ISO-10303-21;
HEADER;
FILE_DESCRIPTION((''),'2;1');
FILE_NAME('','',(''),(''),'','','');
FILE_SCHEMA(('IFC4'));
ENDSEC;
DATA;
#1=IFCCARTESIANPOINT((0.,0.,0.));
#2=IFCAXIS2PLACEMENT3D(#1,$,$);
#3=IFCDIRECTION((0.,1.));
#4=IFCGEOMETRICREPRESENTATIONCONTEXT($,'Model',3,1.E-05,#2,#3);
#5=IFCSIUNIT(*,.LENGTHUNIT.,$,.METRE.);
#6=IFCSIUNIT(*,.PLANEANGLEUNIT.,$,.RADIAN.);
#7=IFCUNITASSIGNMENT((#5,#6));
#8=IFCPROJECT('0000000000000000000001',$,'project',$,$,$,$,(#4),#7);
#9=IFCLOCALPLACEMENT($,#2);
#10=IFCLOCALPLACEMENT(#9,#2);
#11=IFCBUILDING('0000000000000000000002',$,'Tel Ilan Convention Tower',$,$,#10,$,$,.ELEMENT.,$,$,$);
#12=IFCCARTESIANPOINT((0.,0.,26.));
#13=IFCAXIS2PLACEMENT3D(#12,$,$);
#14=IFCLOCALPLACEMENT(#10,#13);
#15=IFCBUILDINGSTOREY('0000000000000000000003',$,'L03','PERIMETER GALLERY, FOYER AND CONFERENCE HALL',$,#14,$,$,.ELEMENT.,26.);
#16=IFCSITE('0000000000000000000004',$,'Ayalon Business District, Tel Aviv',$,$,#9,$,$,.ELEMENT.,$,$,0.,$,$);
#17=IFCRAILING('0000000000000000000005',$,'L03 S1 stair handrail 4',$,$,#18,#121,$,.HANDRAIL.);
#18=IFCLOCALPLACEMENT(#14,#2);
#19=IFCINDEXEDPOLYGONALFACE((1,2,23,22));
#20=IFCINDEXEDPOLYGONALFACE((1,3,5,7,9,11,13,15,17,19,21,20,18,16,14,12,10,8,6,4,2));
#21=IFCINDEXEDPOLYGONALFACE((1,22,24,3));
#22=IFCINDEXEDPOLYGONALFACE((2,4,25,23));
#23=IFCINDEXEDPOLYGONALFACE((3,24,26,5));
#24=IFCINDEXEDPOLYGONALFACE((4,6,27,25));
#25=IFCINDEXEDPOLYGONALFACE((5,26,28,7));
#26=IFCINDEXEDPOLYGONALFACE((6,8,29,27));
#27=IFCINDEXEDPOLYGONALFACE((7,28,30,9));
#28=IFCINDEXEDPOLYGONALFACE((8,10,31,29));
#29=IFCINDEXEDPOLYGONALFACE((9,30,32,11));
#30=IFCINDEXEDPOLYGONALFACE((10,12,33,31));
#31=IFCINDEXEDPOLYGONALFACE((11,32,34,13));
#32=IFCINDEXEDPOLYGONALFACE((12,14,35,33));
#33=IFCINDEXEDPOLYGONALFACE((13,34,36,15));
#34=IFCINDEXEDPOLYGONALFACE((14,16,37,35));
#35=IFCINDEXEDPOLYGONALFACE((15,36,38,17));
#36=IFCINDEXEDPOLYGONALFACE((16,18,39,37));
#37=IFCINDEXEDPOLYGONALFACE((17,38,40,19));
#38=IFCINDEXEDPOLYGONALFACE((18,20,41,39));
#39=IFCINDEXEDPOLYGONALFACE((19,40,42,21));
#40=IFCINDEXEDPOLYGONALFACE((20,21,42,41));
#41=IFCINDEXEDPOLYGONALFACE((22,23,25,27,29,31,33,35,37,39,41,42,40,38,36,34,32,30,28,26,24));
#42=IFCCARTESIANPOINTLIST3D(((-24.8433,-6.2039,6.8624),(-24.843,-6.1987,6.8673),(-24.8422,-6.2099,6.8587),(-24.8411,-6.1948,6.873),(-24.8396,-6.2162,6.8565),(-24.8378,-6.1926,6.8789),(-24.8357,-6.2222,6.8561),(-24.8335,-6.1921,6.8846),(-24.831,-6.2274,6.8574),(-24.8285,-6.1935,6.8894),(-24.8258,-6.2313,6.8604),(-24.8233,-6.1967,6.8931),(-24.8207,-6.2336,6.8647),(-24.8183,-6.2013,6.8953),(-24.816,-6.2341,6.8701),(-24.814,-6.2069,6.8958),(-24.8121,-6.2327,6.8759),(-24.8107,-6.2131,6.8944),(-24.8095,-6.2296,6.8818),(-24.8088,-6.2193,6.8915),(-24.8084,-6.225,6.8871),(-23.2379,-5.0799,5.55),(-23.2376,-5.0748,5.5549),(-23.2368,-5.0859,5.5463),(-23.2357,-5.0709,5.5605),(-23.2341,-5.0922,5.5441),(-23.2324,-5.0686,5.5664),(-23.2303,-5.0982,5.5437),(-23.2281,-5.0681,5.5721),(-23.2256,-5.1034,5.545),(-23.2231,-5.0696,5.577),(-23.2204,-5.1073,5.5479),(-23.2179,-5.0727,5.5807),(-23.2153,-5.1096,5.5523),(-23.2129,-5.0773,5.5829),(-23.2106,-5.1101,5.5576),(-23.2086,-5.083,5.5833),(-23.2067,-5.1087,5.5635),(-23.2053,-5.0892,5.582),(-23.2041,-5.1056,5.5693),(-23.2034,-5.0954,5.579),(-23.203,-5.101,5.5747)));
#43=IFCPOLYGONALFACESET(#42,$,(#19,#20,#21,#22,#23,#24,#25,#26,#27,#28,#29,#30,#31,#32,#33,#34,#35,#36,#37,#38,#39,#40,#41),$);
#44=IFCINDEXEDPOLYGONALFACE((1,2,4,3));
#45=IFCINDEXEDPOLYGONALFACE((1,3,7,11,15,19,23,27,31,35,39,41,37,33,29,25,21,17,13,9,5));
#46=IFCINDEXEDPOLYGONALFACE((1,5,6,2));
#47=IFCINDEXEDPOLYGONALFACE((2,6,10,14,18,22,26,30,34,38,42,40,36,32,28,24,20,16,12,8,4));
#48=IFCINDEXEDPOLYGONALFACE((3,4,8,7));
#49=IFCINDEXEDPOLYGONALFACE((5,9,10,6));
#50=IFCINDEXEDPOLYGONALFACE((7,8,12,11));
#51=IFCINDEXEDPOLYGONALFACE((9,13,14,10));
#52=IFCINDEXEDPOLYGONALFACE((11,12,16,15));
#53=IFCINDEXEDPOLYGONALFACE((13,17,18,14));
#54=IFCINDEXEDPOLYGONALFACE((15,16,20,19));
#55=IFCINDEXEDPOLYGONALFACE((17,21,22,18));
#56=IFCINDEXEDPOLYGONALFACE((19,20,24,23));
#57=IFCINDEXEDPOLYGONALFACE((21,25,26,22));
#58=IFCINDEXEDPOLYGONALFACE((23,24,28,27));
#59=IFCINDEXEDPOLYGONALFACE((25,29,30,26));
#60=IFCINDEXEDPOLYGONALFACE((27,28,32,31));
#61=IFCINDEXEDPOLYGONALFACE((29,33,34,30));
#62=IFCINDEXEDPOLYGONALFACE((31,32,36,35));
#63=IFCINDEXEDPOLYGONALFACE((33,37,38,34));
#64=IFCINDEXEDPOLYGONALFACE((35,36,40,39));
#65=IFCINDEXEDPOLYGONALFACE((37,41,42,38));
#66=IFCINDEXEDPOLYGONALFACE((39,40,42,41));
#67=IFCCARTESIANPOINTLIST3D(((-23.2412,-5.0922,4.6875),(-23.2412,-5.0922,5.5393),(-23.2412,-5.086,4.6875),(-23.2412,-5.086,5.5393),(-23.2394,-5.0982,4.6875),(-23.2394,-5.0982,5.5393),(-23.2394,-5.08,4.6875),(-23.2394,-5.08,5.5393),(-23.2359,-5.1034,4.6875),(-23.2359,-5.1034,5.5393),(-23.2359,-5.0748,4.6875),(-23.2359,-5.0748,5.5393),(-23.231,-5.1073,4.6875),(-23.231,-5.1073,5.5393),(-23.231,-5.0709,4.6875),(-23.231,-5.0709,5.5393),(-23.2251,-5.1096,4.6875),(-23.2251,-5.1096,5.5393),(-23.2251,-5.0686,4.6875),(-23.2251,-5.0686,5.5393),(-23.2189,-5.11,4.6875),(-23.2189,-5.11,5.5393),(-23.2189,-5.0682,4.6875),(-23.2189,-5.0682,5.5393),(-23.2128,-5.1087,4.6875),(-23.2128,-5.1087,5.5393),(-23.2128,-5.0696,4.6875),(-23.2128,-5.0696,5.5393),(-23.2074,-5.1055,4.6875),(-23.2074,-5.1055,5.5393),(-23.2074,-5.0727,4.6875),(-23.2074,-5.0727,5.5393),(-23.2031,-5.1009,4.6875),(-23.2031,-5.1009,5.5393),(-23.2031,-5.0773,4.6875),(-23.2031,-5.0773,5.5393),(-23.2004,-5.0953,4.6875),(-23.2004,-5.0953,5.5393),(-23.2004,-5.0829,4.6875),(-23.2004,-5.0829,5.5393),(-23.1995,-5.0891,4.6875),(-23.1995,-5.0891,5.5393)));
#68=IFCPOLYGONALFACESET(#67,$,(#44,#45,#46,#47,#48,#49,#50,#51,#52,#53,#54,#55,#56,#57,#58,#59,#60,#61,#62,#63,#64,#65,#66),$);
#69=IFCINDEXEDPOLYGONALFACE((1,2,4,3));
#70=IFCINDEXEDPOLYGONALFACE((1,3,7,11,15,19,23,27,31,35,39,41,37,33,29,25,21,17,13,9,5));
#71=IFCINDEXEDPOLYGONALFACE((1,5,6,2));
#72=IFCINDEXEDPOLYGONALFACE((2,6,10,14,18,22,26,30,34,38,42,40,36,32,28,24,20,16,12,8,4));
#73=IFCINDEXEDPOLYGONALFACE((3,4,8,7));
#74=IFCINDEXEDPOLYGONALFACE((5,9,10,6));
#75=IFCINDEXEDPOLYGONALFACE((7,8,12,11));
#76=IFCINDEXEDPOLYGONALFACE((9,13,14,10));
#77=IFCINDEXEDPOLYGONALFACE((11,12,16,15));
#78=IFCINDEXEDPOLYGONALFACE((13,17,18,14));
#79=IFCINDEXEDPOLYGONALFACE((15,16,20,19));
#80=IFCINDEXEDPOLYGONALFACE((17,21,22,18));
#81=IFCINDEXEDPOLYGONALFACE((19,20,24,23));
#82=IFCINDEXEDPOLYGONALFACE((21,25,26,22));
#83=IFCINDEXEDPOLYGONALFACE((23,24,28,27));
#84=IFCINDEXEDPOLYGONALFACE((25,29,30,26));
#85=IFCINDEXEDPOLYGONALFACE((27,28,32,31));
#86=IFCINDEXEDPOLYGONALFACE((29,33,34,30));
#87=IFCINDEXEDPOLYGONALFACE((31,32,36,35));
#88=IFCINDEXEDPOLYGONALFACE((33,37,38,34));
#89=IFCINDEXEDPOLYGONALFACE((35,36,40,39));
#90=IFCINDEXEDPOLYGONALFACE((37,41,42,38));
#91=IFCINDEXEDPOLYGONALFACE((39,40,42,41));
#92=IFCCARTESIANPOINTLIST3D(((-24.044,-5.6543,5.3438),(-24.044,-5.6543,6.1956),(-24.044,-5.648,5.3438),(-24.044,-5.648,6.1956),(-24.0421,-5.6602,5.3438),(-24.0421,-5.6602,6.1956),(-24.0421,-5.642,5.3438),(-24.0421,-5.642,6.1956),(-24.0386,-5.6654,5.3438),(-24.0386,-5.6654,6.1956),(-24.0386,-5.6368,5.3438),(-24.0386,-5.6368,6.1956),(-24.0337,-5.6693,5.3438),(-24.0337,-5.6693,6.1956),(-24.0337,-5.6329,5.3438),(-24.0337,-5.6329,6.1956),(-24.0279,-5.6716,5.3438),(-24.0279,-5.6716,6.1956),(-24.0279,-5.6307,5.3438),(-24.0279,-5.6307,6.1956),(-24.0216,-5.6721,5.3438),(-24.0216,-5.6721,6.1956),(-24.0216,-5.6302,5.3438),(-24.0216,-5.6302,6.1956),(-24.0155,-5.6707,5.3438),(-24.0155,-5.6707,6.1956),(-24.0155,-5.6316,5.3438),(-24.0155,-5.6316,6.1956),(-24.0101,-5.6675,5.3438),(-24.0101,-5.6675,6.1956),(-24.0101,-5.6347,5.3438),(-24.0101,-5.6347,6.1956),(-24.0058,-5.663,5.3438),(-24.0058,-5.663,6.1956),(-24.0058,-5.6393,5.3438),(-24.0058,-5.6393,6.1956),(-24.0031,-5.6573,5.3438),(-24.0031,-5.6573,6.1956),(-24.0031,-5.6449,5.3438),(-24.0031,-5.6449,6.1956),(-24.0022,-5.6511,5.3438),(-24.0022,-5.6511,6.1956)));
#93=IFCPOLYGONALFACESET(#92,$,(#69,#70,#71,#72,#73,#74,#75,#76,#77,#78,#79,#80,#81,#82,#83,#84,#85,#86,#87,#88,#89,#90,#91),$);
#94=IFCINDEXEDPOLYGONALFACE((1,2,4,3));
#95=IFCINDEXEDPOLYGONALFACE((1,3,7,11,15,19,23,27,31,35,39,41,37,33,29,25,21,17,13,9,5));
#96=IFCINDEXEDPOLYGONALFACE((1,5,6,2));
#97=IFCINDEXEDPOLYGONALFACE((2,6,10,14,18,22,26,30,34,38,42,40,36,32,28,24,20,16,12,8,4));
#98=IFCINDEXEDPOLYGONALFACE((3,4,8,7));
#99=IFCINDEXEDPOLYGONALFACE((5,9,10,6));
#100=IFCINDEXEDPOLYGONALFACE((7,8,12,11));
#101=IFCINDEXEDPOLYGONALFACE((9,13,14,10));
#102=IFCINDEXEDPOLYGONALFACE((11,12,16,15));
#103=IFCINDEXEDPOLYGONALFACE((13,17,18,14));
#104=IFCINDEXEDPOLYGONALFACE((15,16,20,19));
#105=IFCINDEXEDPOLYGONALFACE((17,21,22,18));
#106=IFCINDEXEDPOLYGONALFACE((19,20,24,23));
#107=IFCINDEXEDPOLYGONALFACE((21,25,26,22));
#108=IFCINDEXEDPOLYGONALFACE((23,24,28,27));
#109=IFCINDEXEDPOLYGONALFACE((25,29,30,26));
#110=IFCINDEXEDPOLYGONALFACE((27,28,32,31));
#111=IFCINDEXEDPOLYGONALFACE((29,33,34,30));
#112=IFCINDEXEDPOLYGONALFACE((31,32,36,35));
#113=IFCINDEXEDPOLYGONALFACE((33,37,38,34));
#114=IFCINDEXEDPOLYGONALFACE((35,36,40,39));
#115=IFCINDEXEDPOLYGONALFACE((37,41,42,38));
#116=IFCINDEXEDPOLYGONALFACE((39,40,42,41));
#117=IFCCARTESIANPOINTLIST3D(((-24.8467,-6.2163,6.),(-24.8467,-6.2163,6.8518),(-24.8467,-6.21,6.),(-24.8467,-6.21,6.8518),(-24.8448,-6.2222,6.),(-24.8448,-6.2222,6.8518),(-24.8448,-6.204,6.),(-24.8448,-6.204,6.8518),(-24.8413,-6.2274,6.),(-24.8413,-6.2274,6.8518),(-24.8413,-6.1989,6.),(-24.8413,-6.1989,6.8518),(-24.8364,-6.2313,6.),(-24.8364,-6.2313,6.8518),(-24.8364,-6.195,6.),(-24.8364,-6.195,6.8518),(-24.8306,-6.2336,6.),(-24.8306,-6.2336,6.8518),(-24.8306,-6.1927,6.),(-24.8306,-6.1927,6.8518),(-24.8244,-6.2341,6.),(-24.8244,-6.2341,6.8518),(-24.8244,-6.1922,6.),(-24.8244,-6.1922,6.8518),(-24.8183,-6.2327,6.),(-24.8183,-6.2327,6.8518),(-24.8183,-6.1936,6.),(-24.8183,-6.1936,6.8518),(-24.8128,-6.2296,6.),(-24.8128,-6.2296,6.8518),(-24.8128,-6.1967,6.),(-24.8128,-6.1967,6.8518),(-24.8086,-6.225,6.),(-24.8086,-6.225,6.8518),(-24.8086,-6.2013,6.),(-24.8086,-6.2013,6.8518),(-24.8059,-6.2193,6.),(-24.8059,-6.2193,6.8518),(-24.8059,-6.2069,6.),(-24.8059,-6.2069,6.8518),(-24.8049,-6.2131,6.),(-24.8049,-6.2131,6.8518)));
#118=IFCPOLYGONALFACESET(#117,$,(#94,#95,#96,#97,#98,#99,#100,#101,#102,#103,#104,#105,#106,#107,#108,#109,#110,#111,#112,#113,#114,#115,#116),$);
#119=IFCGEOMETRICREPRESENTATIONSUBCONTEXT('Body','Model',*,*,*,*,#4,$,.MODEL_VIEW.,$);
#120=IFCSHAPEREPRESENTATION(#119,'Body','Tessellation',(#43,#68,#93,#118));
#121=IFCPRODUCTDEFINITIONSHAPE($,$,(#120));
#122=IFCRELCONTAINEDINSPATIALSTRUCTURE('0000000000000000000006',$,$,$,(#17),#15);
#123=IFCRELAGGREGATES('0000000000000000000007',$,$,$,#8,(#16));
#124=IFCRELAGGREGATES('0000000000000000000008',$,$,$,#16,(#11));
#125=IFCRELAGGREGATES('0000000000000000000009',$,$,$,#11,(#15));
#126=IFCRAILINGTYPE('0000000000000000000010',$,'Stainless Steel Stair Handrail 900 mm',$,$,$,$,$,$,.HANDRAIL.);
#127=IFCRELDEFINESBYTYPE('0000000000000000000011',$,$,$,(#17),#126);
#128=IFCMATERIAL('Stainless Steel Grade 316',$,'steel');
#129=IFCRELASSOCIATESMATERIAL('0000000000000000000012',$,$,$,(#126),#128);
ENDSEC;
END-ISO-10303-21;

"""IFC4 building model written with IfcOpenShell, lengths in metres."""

from ifc_helpers import new_model, si_unit, direction, frame, origin, origin_2d, place, context, subcontext, project, spatial, circle, extrude, material, type_object, element, save


model = new_model("IFC4")

# Units and contexts
model_context = context("Model", 3, precision=1e-05, world=origin(), true_north=direction((0.0, 1.0)))
body_context = subcontext(model_context, "Body", "Model", "MODEL_VIEW")
ifc_project = project(units=[si_unit("LENGTHUNIT", "METRE"), si_unit("PLANEANGLEUNIT", "RADIAN")], contexts=[model_context])

# Site, building, storey
site_placement = place(None, origin())
site = spatial("IfcSite", under=ifc_project, at=site_placement, Name="Ayalon Business District, Tel Aviv", CompositionType="ELEMENT", RefElevation=0.0)
building_placement = place(site_placement, origin())
building = spatial("IfcBuilding", under=site, at=building_placement, Name="Tel Ilan Convention Tower", CompositionType="ELEMENT")
storey_placement = place(building_placement, frame((0.0, 0.0, 26.0)))
storey = spatial("IfcBuildingStorey", under=building, at=storey_placement, Name="L03", Description="PERIMETER GALLERY, FOYER AND CONFERENCE HALL", CompositionType="ELEMENT", Elevation=26.0)

# Railing
ifc_material_1 = material(Name="Stainless Steel Grade 316", Category="steel")
railing_type_1 = type_object("IfcRailingType", Name="Stainless Steel Stair Handrail 900 mm", PredefinedType="HANDRAIL", material=ifc_material_1)
for number, where, name in (
    (1, (-23.2205, -5.0891, 4.6875), "L03 S1 stair handrail 4"),
):
    element("IfcRailing", number, at=place(storey_placement, frame(where)), inside=storey, type_object=railing_type_1, Name=name, PredefinedType="HANDRAIL", context=body_context, shape_type="SweptSolid", body=[
        extrude(circle(Radius=0.0239, at=origin_2d()), frame((0.0, 0.0, 0.876), z_axis=(-0.680649, -0.476537, 0.556443), x_axis=(0.573529, -0.819185, 0.0)), (0.0, 0.0, 1.0), 2.3586),
        extrude(circle(Radius=0.021, at=origin_2d()), origin(), (0.0, 0.0, 1.0), 0.8518),
        extrude(circle(Radius=0.021, at=origin_2d()), frame((-0.8027, -0.562, 0.6562)), (0.0, 0.0, 1.0), 0.8518),
        extrude(circle(Radius=0.021, at=origin_2d()), frame((-1.6055, -1.124, 1.3125)), (0.0, 0.0, 1.0), 0.8518),
    ])

save(model, "model.ifc")
